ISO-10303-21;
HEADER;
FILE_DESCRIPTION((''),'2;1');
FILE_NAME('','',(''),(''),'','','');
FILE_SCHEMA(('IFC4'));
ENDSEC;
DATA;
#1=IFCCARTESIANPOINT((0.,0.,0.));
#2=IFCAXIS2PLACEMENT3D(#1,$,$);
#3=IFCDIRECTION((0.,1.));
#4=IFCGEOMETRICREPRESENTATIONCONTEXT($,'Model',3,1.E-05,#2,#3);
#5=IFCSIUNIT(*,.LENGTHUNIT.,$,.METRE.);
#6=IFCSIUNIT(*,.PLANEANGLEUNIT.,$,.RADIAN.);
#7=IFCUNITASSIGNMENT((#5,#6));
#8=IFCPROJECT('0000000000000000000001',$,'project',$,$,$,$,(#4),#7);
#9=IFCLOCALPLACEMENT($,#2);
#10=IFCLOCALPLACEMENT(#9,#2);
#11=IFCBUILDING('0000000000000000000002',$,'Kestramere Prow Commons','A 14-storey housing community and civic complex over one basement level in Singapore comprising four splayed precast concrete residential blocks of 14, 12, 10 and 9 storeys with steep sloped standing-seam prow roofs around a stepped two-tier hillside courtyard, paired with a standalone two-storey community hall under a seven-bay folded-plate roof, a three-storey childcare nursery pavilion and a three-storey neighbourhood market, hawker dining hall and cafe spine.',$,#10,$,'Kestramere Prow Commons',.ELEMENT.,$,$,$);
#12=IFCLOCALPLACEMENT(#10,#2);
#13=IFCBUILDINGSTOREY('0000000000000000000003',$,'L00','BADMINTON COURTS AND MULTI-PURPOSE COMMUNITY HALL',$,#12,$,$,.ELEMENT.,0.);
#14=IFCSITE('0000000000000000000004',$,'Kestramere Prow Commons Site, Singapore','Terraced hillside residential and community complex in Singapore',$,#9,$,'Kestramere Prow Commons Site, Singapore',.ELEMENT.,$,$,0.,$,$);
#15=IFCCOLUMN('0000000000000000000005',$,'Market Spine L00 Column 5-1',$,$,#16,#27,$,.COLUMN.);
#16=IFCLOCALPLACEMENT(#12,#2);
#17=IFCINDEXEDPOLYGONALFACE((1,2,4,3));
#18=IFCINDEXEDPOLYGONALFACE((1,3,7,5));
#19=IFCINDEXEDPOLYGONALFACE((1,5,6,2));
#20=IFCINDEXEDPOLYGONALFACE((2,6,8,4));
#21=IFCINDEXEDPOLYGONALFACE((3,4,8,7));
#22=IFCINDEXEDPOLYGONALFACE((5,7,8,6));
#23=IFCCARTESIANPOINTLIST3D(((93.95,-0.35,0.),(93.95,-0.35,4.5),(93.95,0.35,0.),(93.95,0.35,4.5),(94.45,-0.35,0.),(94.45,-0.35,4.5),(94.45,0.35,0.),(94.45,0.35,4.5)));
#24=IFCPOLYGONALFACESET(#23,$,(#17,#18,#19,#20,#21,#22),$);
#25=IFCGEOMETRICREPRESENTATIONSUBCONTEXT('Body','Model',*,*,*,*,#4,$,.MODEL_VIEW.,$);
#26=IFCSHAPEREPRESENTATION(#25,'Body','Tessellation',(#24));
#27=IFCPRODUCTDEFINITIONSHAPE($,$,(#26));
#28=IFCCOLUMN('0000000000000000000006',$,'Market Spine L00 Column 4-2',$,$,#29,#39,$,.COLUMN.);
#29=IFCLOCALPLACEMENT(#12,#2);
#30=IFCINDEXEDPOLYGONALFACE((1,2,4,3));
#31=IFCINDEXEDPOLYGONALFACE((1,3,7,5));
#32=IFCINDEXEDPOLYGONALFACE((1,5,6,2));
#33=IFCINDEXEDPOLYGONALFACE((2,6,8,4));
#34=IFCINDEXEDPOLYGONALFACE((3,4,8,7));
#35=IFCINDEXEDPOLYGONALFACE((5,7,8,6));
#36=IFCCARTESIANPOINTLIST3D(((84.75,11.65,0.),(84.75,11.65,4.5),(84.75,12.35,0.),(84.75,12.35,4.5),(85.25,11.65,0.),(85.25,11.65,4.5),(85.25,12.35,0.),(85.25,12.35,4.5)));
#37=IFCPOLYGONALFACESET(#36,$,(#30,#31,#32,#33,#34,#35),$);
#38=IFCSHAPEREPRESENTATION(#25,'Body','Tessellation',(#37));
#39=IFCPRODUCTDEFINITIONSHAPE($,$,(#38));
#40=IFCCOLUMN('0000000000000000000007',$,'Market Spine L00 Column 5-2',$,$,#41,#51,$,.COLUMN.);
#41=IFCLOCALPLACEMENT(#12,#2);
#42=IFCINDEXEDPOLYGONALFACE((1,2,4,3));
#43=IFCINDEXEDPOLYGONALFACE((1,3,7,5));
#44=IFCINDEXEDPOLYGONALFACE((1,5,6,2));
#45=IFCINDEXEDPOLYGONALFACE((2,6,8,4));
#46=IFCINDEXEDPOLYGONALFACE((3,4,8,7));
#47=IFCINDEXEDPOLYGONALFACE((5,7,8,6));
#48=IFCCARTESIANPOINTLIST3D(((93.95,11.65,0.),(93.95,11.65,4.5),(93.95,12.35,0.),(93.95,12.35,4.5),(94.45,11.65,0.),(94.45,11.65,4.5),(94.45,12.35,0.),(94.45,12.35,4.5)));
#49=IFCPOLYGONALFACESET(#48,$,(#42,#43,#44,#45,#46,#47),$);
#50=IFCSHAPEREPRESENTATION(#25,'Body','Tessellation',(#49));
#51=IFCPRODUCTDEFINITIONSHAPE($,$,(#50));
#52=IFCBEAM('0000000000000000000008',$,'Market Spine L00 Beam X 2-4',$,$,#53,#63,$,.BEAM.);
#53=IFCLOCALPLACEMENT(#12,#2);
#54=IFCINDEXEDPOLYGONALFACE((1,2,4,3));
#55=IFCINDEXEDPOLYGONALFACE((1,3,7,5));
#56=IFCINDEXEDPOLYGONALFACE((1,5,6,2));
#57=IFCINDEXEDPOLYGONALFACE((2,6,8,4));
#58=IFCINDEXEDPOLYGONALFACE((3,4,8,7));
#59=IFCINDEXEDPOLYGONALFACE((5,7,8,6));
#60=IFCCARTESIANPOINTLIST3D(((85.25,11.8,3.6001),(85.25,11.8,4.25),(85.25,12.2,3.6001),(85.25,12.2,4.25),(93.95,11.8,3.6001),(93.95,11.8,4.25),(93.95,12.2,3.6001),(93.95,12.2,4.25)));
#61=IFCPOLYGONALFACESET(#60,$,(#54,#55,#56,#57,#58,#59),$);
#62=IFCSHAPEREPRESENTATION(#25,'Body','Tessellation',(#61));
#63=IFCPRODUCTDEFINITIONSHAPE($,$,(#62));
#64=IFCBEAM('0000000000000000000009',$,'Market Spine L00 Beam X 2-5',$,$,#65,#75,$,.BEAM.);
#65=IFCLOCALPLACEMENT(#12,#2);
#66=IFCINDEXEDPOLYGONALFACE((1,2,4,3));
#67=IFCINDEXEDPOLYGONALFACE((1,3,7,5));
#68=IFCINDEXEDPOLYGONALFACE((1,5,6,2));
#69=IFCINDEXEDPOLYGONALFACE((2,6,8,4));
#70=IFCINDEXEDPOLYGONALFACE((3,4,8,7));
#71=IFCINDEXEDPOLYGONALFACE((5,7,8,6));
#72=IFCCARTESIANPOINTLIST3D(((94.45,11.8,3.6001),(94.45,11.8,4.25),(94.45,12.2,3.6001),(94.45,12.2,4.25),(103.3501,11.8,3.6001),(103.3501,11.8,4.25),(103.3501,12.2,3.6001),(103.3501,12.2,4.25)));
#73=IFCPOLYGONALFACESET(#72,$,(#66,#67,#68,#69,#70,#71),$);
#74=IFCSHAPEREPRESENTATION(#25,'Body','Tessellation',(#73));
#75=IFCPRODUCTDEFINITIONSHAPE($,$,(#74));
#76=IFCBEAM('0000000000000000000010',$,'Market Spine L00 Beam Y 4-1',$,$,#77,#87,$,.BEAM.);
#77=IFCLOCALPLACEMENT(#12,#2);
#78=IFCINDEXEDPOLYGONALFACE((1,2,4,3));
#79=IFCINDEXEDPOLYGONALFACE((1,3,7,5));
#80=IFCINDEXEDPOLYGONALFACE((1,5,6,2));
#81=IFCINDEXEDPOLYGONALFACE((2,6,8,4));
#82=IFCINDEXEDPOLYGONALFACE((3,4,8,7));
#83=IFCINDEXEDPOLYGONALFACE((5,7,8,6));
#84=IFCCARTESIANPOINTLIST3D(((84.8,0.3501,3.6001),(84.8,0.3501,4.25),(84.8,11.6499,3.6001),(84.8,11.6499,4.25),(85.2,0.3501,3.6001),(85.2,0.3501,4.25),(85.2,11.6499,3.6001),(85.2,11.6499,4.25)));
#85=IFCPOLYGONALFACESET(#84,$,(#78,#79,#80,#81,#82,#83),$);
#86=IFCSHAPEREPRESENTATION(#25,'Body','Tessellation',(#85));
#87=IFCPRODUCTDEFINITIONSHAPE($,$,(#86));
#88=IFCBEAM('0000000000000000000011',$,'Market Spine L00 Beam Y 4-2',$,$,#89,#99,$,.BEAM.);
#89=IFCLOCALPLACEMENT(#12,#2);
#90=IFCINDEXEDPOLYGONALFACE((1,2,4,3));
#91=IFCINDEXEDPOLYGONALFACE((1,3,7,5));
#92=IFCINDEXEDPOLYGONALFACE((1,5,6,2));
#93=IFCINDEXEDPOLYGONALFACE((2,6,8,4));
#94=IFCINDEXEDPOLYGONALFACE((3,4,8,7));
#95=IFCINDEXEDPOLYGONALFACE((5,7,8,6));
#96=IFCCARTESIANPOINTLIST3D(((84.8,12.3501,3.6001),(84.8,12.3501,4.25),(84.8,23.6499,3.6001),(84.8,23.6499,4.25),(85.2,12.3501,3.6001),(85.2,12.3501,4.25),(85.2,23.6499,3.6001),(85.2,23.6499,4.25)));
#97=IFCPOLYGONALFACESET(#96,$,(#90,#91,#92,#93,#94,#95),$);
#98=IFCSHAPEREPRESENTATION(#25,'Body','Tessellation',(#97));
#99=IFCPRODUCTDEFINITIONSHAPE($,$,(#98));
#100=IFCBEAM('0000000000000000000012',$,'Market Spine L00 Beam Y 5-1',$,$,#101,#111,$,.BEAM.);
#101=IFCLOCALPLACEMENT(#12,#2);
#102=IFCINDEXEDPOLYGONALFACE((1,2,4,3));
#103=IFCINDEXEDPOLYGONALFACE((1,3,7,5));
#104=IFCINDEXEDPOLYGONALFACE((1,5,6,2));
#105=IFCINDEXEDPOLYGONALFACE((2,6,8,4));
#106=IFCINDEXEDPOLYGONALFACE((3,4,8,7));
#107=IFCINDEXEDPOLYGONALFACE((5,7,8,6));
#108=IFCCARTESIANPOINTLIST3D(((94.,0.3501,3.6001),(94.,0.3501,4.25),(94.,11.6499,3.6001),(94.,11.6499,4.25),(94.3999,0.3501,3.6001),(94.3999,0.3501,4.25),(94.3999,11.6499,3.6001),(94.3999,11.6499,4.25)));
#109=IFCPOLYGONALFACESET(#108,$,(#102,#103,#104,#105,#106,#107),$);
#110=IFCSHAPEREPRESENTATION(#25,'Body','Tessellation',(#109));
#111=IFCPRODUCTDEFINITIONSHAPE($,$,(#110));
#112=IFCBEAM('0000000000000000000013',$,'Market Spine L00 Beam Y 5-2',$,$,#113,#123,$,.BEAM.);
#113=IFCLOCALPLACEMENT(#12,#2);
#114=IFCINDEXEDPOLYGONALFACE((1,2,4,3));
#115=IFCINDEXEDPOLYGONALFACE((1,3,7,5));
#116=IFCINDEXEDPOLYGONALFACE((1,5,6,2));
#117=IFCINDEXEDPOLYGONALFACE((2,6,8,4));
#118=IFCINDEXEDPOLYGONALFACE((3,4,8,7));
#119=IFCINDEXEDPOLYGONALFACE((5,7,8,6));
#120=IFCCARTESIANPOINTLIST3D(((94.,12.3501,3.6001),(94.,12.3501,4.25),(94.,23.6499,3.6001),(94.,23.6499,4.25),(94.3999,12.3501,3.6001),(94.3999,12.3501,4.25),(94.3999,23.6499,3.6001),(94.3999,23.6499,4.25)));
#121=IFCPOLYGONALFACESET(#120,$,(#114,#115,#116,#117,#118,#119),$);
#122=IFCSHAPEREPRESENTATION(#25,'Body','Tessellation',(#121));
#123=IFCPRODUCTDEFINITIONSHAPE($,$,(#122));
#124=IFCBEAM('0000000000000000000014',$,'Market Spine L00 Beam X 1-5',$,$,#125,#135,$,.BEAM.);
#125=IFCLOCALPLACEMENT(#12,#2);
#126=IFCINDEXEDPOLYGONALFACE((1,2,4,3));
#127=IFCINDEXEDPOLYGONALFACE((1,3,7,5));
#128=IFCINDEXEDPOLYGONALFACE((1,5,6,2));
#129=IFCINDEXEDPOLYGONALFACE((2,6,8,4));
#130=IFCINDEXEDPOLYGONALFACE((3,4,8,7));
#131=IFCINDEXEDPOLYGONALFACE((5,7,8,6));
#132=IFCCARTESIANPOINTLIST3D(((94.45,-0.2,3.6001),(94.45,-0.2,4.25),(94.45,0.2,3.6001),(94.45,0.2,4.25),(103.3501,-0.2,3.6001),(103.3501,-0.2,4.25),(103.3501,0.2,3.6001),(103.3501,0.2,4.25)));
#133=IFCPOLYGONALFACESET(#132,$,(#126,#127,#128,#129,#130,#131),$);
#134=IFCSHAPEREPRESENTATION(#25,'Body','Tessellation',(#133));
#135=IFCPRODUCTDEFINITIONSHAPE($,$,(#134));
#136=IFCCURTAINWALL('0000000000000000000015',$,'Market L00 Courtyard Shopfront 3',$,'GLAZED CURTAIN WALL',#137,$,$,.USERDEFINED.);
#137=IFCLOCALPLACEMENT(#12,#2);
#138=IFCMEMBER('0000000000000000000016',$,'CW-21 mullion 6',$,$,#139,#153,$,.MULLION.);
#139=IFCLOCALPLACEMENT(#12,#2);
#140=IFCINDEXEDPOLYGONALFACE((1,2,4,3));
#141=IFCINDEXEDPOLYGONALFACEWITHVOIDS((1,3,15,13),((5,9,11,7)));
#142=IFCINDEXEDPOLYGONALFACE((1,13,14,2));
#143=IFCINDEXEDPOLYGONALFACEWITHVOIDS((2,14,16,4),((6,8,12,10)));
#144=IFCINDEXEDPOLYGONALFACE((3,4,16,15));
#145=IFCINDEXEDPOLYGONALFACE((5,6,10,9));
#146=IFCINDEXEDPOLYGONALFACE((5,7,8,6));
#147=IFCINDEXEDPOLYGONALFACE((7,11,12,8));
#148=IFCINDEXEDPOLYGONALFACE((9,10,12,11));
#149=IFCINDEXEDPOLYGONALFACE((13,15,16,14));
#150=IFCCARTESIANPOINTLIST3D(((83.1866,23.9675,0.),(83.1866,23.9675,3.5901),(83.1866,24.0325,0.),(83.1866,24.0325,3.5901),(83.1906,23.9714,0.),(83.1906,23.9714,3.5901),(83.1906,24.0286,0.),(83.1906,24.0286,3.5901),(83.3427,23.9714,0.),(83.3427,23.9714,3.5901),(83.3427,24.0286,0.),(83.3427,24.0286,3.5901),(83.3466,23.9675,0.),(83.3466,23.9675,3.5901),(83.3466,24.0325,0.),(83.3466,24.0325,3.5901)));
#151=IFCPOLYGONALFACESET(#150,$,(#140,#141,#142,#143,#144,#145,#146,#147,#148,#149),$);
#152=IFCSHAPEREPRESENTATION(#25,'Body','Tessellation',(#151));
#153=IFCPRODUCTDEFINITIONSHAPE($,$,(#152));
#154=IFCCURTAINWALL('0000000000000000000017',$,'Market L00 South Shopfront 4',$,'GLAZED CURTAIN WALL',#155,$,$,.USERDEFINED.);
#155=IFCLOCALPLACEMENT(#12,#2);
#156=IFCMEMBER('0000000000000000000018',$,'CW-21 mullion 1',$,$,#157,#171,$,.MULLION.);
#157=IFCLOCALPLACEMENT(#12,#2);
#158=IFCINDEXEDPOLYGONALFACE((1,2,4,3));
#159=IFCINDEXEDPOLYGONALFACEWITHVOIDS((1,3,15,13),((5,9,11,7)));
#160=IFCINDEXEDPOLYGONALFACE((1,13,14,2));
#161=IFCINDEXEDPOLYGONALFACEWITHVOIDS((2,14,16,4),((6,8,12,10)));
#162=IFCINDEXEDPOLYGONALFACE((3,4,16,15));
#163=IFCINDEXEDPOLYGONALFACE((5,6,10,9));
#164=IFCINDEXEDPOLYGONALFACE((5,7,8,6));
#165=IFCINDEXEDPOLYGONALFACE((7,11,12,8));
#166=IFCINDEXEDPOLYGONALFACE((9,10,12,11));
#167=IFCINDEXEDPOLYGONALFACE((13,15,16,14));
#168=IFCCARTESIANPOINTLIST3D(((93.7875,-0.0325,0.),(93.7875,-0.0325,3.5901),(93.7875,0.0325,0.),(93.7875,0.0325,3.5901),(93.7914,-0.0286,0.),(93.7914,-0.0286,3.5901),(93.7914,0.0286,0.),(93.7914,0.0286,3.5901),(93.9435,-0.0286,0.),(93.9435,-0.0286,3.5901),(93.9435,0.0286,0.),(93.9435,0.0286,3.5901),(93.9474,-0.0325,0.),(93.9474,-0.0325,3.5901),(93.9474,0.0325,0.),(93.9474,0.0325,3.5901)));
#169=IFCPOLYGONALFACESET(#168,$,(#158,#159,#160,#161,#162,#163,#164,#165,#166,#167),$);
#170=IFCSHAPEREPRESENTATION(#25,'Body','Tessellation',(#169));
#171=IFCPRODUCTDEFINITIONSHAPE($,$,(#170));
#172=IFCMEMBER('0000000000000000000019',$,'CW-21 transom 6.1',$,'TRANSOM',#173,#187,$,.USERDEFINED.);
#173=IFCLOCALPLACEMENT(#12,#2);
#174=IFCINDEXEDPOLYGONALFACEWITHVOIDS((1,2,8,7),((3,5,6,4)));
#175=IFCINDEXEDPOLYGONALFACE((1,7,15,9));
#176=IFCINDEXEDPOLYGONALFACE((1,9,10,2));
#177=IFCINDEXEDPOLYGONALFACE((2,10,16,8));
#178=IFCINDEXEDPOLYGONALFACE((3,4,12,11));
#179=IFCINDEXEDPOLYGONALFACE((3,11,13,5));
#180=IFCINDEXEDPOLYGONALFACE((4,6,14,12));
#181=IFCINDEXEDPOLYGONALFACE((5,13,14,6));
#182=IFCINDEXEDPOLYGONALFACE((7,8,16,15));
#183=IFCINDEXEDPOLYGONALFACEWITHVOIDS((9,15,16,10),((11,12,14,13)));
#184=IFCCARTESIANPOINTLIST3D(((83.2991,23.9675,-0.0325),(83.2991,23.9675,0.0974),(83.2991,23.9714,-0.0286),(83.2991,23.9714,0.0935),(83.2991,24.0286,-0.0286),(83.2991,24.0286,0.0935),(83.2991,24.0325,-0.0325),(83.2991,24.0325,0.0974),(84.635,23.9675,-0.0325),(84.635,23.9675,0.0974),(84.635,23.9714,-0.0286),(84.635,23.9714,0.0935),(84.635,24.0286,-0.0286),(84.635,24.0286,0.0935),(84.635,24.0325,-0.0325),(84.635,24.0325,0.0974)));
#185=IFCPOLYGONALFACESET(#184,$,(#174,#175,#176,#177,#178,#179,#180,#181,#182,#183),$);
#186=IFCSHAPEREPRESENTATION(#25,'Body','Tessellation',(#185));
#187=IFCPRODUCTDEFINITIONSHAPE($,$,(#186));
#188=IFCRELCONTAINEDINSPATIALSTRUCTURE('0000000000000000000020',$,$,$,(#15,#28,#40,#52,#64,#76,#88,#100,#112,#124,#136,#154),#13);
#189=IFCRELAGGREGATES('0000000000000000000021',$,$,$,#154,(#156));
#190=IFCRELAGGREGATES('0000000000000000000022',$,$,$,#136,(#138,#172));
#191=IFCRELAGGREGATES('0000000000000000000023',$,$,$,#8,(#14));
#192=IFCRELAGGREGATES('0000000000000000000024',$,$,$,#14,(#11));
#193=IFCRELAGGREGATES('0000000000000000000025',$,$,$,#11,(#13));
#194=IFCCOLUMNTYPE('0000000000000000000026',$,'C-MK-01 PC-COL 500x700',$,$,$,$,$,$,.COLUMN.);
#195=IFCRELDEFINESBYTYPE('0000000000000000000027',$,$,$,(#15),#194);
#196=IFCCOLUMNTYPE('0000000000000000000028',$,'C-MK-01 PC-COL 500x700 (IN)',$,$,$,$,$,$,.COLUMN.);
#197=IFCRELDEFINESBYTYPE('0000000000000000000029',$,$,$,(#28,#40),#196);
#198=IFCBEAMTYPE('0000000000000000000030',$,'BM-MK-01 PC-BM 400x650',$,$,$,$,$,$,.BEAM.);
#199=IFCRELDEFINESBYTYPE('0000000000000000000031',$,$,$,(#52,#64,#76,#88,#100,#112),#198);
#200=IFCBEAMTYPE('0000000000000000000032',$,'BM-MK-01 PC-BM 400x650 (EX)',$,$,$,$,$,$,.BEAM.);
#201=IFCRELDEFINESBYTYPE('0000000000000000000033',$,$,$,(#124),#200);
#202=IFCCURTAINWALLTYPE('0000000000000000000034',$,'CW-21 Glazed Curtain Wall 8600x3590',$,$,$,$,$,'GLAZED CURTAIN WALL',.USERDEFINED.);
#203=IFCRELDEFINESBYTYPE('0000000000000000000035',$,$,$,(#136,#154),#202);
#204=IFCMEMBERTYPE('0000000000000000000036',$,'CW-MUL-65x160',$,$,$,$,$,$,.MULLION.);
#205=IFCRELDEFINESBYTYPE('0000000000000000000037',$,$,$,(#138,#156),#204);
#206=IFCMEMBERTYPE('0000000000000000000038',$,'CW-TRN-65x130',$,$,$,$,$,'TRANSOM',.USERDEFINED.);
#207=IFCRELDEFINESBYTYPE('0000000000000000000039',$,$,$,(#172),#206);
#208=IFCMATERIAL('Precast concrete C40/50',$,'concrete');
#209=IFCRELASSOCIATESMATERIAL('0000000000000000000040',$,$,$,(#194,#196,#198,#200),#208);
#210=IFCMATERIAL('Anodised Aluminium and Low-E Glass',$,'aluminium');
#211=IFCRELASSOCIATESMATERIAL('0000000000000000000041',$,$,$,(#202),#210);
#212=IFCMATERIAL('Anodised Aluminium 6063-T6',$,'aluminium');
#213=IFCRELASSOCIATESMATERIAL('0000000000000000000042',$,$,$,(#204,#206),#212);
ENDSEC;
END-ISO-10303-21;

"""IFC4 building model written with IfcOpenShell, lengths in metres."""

from ifc_helpers import new_model, si_unit, direction, frame, origin, origin_2d, place, context, subcontext, project, spatial, rectangle, hollow_rectangle, extrude, material, material_profile, profile_set, type_object, element, aggregate, save


model = new_model("IFC4")

# Units and contexts
model_context = context("Model", 3, precision=1e-05, world=origin(), true_north=direction((0.0, 1.0)))
body_context = subcontext(model_context, "Body", "Model", "MODEL_VIEW")
ifc_project = project(units=[si_unit("LENGTHUNIT", "METRE"), si_unit("PLANEANGLEUNIT", "RADIAN")], contexts=[model_context])

# Site, building, storey
site_placement = place(None, origin())
site = spatial("IfcSite", under=ifc_project, at=site_placement, Name="Kestramere Prow Commons Site, Singapore", Description="Terraced hillside residential and community complex in Singapore", LongName="Kestramere Prow Commons Site, Singapore", CompositionType="ELEMENT", RefElevation=0.0)
building_placement = place(site_placement, origin())
building = spatial("IfcBuilding", under=site, at=building_placement, Name="Kestramere Prow Commons", Description="A 14-storey housing community and civic complex over one basement level in Singapore comprising four splayed precast concrete residential blocks of 14, 12, 10 and 9 storeys with steep sloped standing-seam prow roofs around a stepped two-tier hillside courtyard, paired with a standalone two-storey community hall under a seven-bay folded-plate roof, a three-storey childcare nursery pavilion and a three-storey neighbourhood market, hawker dining hall and cafe spine.", LongName="Kestramere Prow Commons", CompositionType="ELEMENT")
storey_placement = place(building_placement, origin())
storey = spatial("IfcBuildingStorey", under=building, at=storey_placement, Name="L00", Description="BADMINTON COURTS AND MULTI-PURPOSE COMMUNITY HALL", CompositionType="ELEMENT", Elevation=0.0)

# Columns
ifc_material_1 = material(Name="Precast concrete C40/50", Category="concrete")
ifc_material_profile_1 = material_profile(ifc_material_1, rectangle(XDim=0.5, YDim=0.7, at=origin_2d()), Name="PC-COL 500x700")
ifc_profile_set_1 = profile_set([ifc_material_profile_1], Name="Precast concrete C40/50")
column_type_1 = type_object("IfcColumnType", Name="C-MK-01 PC-COL 500x700", PredefinedType="COLUMN", material=ifc_profile_set_1)
column_placement = place(storey_placement, frame((94.2, 0.0, 0.0), z_axis=(0.0, 0.0, 1.0), x_axis=(1.0, 0.0, 0.0)))
element("IfcColumn", 1, at=column_placement, inside=storey, type_object=column_type_1, Name="Market Spine L00 Column 5-1", PredefinedType="COLUMN", context=body_context, shape_type="SweptSolid", body=[
    extrude(rectangle(XDim=0.5, YDim=0.7, at=origin_2d()), origin(), (0.0, 0.0, 1.0), 4.5),
])
ifc_material_profile_2 = material_profile(ifc_material_1, rectangle(XDim=0.5, YDim=0.7, at=origin_2d()), Name="PC-COL 500x700")
ifc_profile_set_2 = profile_set([ifc_material_profile_2], Name="Precast concrete C40/50")
column_type_2 = type_object("IfcColumnType", Name="C-MK-01 PC-COL 500x700 (IN)", PredefinedType="COLUMN", material=ifc_profile_set_2)
for number, where, z_axis, x_axis, name in (
    (2, (85.0, 12.0, 0.0), (0.0, 0.0, 1.0), (1.0, 0.0, 0.0), "Market Spine L00 Column 4-2"),
    (3, (94.2, 12.0, 0.0), (0.0, 0.0, 1.0), (1.0, 0.0, 0.0), "Market Spine L00 Column 5-2"),
):
    element("IfcColumn", number, at=place(storey_placement, frame(where, z_axis=z_axis, x_axis=x_axis)), inside=storey, type_object=column_type_2, Name=name, PredefinedType="COLUMN", context=body_context, shape_type="SweptSolid", body=[
        extrude(rectangle(XDim=0.5, YDim=0.7, at=origin_2d()), origin(), (0.0, 0.0, 1.0), 4.5),
    ])

# Beams
ifc_material_profile_3 = material_profile(ifc_material_1, rectangle(XDim=0.3999, YDim=0.6499, at=origin_2d()), Name="PC-BM 400x650")
ifc_profile_set_3 = profile_set([ifc_material_profile_3], Name="Precast concrete C40/50")
beam_type_1 = type_object("IfcBeamType", Name="BM-MK-01 PC-BM 400x650", PredefinedType="BEAM", material=ifc_profile_set_3)
beam_1_placement = place(storey_placement, frame((85.25, 12.0, 3.925), z_axis=(1.0, 0.0, 0.0), x_axis=(0.0, 1.0, 0.0)))
element("IfcBeam", 4, at=beam_1_placement, inside=storey, type_object=beam_type_1, Name="Market Spine L00 Beam X 2-4", PredefinedType="BEAM", context=body_context, shape_type="SweptSolid", body=[
    extrude(rectangle(XDim=0.3999, YDim=0.6499, at=origin_2d()), origin(), (0.0, 0.0, 1.0), 8.7),
])
beam_2_placement = place(storey_placement, frame((94.45, 12.0, 3.925), z_axis=(1.0, 0.0, 0.0), x_axis=(0.0, 1.0, 0.0)))
element("IfcBeam", 5, at=beam_2_placement, inside=storey, type_object=beam_type_1, Name="Market Spine L00 Beam X 2-5", PredefinedType="BEAM", context=body_context, shape_type="SweptSolid", body=[
    extrude(rectangle(XDim=0.3999, YDim=0.6499, at=origin_2d()), origin(), (0.0, 0.0, 1.0), 8.9001),
])
for number, where, z_axis, x_axis, name in (
    (6, (85.0, 0.3501, 3.925), (0.0, 1.0, 0.0), (-1.0, 0.0, 0.0), "Market Spine L00 Beam Y 4-1"),
    (7, (85.0, 12.3501, 3.925), (0.0, 1.0, 0.0), (-1.0, 0.0, 0.0), "Market Spine L00 Beam Y 4-2"),
    (8, (94.2, 0.3501, 3.925), (0.0, 1.0, 0.0), (-1.0, 0.0, 0.0), "Market Spine L00 Beam Y 5-1"),
    (9, (94.2, 12.3501, 3.925), (0.0, 1.0, 0.0), (-1.0, 0.0, 0.0), "Market Spine L00 Beam Y 5-2"),
):
    element("IfcBeam", number, at=place(storey_placement, frame(where, z_axis=z_axis, x_axis=x_axis)), inside=storey, type_object=beam_type_1, Name=name, PredefinedType="BEAM", context=body_context, shape_type="SweptSolid", body=[
        extrude(rectangle(XDim=0.3999, YDim=0.6499, at=origin_2d()), origin(), (0.0, 0.0, 1.0), 11.2998),
    ])
ifc_material_profile_4 = material_profile(ifc_material_1, rectangle(XDim=0.3999, YDim=0.6499, at=origin_2d()), Name="PC-BM 400x650")
ifc_profile_set_4 = profile_set([ifc_material_profile_4], Name="Precast concrete C40/50")
beam_type_2 = type_object("IfcBeamType", Name="BM-MK-01 PC-BM 400x650 (EX)", PredefinedType="BEAM", material=ifc_profile_set_4)
beam_3_placement = place(storey_placement, frame((94.45, 0.0, 3.925), z_axis=(1.0, 0.0, 0.0), x_axis=(0.0, 1.0, 0.0)))
element("IfcBeam", 10, at=beam_3_placement, inside=storey, type_object=beam_type_2, Name="Market Spine L00 Beam X 1-5", PredefinedType="BEAM", context=body_context, shape_type="SweptSolid", body=[
    extrude(rectangle(XDim=0.3999, YDim=0.6499, at=origin_2d()), origin(), (0.0, 0.0, 1.0), 8.9001),
])

# Curtain walls, members
ifc_material_2 = material(Name="Anodised Aluminium and Low-E Glass", Category="aluminium")
curtain_wall_type = type_object("IfcCurtainWallType", Name="CW-21 Glazed Curtain Wall 8600x3590", ElementType="GLAZED CURTAIN WALL", PredefinedType="USERDEFINED", material=ifc_material_2)
curtain_wall_1_placement = place(storey_placement, origin())
curtain_wall_1 = element("IfcCurtainWall", 11, at=curtain_wall_1_placement, inside=storey, type_object=curtain_wall_type, Name="Market L00 Courtyard Shopfront 3", ObjectType="GLAZED CURTAIN WALL", PredefinedType="USERDEFINED")
ifc_material_3 = material(Name="Anodised Aluminium 6063-T6", Category="aluminium")
ifc_material_profile_5 = material_profile(ifc_material_3, hollow_rectangle(XDim=0.0649, YDim=0.1599, WallThickness=0.0039, at=origin_2d()), Name="ALU-MUL 65x160")
ifc_profile_set_5 = profile_set([ifc_material_profile_5], Name="Anodised Aluminium 6063-T6")
member_type_1 = type_object("IfcMemberType", Name="CW-MUL-65x160", PredefinedType="MULLION", material=ifc_profile_set_5)
member_1_placement = place(storey_placement, frame((83.2666, 24.0, 0.0), z_axis=(0.0, 0.0, 1.0), x_axis=(0.0, 1.0, 0.0)))
member_1 = element("IfcMember", 12, at=member_1_placement, type_object=member_type_1, Name="CW-21 mullion 6", PredefinedType="MULLION", context=body_context, shape_type="SweptSolid", body=[
    extrude(hollow_rectangle(XDim=0.0649, YDim=0.1599, WallThickness=0.0039, at=origin_2d()), origin(), (0.0, 0.0, 1.0), 3.5901),
])
curtain_wall_2_placement = place(storey_placement, origin())
curtain_wall_2 = element("IfcCurtainWall", 13, at=curtain_wall_2_placement, inside=storey, type_object=curtain_wall_type, Name="Market L00 South Shopfront 4", ObjectType="GLAZED CURTAIN WALL", PredefinedType="USERDEFINED")
member_2_placement = place(storey_placement, frame((93.8674, 0.0, 0.0), z_axis=(0.0, 0.0, 1.0), x_axis=(0.0, -1.0, 0.0)))
member_2 = element("IfcMember", 14, at=member_2_placement, type_object=member_type_1, Name="CW-21 mullion 1", PredefinedType="MULLION", context=body_context, shape_type="SweptSolid", body=[
    extrude(hollow_rectangle(XDim=0.0649, YDim=0.1599, WallThickness=0.0039, at=origin_2d()), origin(), (0.0, 0.0, 1.0), 3.5901),
])
aggregate(curtain_wall_2, [member_2])

# Member
ifc_material_profile_6 = material_profile(ifc_material_3, hollow_rectangle(XDim=0.0649, YDim=0.1299, WallThickness=0.0039, at=origin_2d()), Name="ALU-TRN 65x130")
ifc_profile_set_6 = profile_set([ifc_material_profile_6], Name="Anodised Aluminium 6063-T6")
member_type_2 = type_object("IfcMemberType", Name="CW-TRN-65x130", ElementType="TRANSOM", PredefinedType="USERDEFINED", material=ifc_profile_set_6)
member_3_placement = place(storey_placement, frame((83.2991, 24.0, 0.0325), z_axis=(1.0, 0.0, 0.0), x_axis=(0.0, 1.0, 0.0)))
member_3 = element("IfcMember", 15, at=member_3_placement, type_object=member_type_2, Name="CW-21 transom 6.1", ObjectType="TRANSOM", PredefinedType="USERDEFINED", context=body_context, shape_type="SweptSolid", body=[
    extrude(hollow_rectangle(XDim=0.0649, YDim=0.1299, WallThickness=0.0039, at=origin_2d()), origin(), (0.0, 0.0, 1.0), 1.3359),
])
aggregate(curtain_wall_1, [member_1, member_3])

save(model, "model.ifc")
